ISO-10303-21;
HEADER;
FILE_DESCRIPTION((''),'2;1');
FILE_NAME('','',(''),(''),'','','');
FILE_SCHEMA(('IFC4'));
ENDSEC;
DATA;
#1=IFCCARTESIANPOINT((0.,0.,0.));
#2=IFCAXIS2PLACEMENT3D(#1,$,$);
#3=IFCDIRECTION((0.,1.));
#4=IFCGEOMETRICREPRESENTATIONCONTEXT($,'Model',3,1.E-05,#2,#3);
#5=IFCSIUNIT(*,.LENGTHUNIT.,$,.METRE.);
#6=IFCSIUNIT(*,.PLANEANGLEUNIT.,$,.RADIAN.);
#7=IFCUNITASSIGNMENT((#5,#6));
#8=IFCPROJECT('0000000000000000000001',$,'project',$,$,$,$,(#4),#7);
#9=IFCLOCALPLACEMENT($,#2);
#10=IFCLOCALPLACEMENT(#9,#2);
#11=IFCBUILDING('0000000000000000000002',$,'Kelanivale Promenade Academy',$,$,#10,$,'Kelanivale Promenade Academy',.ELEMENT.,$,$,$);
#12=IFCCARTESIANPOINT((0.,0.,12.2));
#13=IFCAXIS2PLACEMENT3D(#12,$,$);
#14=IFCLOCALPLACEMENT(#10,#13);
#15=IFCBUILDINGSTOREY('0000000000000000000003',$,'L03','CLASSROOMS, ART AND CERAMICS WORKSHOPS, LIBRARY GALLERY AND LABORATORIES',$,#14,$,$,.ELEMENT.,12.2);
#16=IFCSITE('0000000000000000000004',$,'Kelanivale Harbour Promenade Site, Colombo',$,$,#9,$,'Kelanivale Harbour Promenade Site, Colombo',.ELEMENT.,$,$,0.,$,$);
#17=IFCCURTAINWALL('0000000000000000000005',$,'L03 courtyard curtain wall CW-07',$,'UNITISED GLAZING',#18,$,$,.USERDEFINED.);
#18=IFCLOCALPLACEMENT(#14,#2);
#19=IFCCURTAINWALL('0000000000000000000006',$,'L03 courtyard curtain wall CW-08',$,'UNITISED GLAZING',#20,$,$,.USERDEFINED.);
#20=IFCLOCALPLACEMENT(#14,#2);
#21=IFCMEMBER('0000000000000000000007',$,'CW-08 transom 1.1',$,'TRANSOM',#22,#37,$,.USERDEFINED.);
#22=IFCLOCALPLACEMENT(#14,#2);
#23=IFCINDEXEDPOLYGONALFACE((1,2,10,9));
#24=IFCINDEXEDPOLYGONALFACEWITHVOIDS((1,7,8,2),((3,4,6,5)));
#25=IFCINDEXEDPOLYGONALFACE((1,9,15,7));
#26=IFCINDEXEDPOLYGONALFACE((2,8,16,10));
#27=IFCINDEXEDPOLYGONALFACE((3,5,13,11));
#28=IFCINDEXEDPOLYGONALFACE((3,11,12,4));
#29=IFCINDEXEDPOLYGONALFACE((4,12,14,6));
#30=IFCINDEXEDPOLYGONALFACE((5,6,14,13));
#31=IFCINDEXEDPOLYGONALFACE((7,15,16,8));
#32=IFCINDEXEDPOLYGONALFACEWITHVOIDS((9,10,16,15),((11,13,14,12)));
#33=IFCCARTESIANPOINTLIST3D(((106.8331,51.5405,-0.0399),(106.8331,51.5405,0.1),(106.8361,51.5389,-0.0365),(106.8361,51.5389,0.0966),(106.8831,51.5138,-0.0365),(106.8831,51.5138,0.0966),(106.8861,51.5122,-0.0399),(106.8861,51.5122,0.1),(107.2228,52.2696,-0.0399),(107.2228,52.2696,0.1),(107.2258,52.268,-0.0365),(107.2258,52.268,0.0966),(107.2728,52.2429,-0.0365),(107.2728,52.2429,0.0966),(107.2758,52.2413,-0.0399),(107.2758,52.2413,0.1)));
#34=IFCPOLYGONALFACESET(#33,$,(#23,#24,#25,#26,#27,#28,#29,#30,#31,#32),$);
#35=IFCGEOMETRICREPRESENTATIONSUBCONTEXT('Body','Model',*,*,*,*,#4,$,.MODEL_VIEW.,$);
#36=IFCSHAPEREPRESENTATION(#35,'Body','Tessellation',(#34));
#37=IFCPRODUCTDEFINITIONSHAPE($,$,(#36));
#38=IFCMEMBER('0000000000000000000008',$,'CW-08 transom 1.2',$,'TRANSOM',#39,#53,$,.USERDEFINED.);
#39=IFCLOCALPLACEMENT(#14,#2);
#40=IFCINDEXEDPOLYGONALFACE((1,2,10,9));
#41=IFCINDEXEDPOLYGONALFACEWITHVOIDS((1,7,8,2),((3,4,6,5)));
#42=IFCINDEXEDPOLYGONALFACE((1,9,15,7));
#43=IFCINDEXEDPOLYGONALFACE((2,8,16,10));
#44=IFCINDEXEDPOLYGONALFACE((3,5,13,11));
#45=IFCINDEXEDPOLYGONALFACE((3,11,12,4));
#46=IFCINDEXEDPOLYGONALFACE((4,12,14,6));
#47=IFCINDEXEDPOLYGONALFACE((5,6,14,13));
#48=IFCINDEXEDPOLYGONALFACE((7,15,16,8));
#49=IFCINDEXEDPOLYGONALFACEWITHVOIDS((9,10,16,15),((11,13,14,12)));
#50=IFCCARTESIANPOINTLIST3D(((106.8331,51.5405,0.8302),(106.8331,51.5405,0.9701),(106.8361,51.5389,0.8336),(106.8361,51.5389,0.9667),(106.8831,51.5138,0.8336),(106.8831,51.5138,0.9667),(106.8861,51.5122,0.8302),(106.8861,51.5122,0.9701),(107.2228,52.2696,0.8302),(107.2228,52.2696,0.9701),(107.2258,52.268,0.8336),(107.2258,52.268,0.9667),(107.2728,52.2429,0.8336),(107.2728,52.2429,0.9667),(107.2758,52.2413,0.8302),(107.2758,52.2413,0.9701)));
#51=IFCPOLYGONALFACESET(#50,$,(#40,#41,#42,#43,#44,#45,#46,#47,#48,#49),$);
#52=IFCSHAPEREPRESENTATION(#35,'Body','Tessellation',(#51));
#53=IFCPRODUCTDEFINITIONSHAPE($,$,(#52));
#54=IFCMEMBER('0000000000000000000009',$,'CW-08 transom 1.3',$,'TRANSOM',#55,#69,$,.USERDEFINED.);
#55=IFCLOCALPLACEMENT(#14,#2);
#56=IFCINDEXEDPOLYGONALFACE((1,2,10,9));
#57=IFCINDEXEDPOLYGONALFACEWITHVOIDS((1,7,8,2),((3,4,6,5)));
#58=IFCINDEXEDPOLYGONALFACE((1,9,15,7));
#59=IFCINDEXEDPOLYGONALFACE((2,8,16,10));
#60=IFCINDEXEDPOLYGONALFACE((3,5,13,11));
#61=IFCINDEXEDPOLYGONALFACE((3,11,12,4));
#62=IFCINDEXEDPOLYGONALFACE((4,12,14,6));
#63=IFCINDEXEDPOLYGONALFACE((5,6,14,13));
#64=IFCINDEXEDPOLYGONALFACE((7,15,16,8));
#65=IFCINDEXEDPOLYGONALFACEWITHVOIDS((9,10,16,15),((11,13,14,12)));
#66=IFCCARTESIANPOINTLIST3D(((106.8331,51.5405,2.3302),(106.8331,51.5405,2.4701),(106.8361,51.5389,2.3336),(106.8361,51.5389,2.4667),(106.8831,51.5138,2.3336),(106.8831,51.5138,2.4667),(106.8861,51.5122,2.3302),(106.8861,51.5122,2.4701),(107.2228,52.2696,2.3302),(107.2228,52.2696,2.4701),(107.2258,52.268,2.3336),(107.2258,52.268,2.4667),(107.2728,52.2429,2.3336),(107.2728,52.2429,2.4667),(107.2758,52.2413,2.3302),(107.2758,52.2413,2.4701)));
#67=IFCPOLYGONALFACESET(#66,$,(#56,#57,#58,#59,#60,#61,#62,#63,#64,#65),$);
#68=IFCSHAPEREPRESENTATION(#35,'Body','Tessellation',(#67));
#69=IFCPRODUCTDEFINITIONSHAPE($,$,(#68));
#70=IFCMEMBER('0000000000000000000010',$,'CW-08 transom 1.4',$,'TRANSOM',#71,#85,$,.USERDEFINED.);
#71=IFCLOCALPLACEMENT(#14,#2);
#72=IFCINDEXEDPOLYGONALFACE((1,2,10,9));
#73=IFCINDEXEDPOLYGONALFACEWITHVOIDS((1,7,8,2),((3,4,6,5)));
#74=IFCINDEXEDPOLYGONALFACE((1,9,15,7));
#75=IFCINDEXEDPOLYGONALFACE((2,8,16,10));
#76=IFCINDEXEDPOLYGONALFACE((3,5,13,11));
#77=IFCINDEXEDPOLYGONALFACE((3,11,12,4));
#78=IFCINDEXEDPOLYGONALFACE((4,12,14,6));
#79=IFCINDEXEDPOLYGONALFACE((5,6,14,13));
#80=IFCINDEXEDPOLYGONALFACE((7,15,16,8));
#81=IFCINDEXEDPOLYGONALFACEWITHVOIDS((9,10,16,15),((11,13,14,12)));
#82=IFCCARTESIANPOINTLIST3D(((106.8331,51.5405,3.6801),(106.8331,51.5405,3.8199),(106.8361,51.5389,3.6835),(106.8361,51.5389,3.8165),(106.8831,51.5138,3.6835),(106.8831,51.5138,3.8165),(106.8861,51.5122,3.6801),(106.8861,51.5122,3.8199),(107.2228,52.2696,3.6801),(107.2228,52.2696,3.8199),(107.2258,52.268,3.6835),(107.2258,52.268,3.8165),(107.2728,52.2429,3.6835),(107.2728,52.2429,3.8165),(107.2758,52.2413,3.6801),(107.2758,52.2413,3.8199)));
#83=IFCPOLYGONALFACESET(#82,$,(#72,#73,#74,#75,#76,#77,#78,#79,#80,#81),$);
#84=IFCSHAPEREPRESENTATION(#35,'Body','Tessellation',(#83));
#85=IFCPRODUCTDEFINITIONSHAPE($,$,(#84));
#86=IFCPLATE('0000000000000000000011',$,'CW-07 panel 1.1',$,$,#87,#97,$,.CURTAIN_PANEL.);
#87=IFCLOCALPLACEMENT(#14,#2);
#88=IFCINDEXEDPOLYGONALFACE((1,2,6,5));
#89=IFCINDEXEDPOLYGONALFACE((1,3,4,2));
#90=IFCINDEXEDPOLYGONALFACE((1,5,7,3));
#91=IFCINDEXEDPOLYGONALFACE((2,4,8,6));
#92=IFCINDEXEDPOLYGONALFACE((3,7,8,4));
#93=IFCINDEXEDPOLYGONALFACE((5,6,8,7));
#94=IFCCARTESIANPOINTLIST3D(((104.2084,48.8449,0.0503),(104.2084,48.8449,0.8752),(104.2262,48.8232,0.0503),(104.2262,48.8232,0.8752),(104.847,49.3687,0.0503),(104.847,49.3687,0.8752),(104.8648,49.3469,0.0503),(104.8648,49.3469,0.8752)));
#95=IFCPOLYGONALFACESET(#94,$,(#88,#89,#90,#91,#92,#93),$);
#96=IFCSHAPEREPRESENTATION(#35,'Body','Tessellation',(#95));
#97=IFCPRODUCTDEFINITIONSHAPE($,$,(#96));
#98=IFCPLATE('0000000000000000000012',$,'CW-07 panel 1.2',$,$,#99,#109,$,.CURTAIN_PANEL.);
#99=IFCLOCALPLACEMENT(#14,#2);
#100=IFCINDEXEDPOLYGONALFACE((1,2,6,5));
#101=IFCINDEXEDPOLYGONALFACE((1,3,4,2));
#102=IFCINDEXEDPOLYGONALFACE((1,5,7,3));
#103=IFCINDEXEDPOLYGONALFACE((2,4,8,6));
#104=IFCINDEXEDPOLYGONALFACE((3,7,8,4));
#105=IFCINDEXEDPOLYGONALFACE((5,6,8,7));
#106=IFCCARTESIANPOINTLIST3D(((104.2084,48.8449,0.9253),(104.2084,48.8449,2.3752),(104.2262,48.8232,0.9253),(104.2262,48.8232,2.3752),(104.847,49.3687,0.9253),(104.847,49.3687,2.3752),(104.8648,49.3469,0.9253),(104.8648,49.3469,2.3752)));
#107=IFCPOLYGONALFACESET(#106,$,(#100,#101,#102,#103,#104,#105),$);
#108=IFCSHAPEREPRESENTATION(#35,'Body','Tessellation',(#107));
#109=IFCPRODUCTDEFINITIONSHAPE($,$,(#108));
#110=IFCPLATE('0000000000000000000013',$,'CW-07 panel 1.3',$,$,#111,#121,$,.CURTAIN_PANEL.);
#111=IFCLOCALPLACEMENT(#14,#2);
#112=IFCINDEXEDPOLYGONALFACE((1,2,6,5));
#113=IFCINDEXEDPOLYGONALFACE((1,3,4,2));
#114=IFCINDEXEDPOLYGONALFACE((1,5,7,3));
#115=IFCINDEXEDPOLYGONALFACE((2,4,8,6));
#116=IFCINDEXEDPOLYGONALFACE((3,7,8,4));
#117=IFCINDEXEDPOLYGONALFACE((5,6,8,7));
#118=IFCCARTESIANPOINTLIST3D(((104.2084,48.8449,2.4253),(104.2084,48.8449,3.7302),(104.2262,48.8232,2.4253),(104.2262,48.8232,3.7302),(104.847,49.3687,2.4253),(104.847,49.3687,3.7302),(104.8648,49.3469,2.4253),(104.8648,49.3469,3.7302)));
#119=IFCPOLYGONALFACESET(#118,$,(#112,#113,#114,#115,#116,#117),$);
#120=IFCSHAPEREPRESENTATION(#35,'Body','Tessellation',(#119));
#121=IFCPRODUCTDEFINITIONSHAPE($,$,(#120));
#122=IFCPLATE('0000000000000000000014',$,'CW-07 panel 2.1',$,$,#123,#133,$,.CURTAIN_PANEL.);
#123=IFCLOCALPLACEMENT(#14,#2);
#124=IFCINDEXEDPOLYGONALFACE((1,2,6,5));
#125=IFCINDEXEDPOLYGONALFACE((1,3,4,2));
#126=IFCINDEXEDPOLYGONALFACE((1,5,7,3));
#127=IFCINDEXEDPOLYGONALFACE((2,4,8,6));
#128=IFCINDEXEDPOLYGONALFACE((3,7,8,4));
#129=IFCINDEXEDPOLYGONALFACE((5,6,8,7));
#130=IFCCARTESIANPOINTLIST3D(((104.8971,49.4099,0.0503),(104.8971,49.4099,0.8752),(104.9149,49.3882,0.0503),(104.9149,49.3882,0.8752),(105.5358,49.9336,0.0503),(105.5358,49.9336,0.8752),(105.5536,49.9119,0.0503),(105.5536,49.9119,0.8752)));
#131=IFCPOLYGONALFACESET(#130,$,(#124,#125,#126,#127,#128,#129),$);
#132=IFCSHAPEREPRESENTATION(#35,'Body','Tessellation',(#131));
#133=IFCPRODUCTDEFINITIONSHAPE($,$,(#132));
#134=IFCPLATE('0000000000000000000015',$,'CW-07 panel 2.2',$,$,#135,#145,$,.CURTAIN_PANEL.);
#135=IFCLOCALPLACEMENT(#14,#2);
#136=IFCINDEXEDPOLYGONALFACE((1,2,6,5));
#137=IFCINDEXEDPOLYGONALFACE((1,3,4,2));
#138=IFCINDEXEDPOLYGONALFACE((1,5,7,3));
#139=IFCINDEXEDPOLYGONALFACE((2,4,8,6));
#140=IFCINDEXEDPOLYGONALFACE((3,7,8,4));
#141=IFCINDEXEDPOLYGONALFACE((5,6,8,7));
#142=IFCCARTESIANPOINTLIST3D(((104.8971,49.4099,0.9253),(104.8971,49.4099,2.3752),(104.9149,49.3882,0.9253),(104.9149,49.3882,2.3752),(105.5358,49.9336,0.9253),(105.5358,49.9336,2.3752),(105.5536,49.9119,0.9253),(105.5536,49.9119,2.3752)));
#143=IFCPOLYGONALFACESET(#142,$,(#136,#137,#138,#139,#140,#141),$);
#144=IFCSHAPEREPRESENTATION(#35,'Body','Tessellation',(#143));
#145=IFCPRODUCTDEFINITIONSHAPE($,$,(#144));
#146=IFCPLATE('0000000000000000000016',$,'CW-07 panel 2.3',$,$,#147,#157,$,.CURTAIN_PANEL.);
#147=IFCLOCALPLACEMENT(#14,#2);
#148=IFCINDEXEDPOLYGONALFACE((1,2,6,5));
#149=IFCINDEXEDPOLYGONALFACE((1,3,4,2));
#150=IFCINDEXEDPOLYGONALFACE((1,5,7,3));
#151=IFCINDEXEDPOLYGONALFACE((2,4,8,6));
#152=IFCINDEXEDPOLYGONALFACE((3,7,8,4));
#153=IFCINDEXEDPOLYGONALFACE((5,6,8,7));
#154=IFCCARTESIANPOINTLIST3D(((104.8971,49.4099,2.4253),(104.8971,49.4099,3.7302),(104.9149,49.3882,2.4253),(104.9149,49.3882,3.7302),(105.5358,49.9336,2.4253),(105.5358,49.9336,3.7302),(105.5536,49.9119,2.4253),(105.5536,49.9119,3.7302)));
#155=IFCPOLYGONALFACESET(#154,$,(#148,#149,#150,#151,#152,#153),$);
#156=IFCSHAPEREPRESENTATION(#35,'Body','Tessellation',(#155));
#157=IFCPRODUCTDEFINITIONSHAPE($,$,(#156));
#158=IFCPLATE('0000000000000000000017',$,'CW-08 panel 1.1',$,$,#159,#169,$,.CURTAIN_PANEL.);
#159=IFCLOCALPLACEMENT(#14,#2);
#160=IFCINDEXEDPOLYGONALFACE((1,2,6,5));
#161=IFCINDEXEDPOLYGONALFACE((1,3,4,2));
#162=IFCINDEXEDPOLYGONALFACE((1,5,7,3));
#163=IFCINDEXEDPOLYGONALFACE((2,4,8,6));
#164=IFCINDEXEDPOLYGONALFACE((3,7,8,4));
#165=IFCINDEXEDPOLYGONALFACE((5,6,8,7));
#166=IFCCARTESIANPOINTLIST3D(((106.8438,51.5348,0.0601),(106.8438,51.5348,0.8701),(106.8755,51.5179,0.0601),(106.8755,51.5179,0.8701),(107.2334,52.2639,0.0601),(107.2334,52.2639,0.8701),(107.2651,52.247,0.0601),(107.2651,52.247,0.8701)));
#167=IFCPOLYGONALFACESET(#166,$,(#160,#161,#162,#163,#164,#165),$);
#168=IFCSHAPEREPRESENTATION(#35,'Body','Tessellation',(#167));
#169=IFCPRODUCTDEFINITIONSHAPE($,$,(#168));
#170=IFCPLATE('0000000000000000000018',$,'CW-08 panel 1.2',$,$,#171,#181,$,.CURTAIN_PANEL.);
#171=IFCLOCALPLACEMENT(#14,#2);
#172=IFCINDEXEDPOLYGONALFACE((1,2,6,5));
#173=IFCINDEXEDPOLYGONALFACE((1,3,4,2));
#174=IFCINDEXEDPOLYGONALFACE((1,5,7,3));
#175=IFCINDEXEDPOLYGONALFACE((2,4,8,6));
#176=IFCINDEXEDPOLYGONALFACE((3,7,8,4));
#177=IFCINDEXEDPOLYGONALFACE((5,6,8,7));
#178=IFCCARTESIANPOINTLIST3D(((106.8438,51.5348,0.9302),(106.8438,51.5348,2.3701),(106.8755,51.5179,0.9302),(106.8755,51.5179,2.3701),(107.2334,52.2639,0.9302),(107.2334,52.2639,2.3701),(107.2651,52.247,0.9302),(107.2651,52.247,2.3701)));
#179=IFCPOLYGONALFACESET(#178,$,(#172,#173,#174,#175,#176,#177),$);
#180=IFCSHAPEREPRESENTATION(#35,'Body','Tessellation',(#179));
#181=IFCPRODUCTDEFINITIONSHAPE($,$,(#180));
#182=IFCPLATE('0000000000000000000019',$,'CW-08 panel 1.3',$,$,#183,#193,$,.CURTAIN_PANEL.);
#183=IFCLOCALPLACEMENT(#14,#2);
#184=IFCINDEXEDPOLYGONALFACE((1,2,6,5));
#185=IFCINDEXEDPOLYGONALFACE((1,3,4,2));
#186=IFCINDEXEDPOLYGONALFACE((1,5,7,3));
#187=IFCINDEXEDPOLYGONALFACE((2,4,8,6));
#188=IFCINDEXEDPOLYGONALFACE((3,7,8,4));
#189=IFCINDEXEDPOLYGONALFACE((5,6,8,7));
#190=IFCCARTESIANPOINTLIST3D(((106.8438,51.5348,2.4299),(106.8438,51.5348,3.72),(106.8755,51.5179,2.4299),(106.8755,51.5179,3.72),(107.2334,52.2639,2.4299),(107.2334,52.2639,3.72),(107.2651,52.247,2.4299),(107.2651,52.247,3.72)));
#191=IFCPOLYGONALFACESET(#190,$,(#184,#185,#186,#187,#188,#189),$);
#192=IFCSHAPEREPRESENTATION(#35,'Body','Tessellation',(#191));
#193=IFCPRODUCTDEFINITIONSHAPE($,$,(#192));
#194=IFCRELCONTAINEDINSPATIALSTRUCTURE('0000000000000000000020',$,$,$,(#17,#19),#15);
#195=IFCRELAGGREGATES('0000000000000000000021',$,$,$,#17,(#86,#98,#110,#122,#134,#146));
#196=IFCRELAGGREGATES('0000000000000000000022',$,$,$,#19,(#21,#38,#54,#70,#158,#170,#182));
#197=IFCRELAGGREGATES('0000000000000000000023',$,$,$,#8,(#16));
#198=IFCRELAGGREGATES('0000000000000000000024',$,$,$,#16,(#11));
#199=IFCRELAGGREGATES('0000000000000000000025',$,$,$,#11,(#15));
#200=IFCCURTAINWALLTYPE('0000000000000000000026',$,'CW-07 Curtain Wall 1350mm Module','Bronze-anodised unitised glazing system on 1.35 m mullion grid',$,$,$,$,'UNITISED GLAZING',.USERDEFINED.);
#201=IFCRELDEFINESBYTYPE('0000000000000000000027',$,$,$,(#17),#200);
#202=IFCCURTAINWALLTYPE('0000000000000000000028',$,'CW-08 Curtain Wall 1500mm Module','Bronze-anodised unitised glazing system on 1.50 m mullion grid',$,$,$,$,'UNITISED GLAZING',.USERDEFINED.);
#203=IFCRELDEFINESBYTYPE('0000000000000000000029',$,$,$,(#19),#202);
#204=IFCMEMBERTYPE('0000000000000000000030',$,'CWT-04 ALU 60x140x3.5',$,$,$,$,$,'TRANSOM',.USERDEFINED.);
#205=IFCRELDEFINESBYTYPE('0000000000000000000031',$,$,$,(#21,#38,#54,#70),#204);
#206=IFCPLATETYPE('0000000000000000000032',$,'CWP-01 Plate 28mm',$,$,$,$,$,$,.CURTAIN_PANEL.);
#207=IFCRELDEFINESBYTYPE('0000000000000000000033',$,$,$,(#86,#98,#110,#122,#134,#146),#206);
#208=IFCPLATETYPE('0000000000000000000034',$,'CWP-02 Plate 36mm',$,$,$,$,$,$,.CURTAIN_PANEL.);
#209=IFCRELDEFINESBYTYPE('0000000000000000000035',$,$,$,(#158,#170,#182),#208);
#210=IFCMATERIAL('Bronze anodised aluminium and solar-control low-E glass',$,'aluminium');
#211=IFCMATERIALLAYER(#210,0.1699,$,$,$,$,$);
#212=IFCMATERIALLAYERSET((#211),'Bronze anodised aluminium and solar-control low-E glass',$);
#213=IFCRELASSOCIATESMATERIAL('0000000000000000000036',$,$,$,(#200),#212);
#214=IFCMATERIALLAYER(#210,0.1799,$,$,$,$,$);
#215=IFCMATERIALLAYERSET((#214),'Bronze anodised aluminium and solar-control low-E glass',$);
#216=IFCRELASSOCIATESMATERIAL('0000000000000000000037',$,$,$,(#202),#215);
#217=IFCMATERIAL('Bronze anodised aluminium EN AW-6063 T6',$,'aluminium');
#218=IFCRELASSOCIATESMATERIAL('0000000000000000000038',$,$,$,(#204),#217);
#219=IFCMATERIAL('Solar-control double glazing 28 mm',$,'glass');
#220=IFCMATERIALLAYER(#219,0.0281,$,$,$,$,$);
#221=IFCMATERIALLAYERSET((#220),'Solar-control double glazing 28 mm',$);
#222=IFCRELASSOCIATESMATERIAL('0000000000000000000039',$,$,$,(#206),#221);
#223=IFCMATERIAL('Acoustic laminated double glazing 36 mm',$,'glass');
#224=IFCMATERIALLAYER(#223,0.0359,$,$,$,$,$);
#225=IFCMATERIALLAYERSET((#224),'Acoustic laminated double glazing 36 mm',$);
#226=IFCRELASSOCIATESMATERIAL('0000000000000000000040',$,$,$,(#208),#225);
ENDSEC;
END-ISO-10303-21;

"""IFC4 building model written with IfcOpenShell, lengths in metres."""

from ifc_helpers import new_model, si_unit, direction, frame, origin, origin_2d, place, context, subcontext, project, spatial, rectangle, hollow_rectangle, extrude, material, layer, layer_set, material_profile, profile_set, type_object, element, aggregate, save


model = new_model("IFC4")

# Units and contexts
model_context = context("Model", 3, precision=1e-05, world=origin(), true_north=direction((0.0, 1.0)))
body_context = subcontext(model_context, "Body", "Model", "MODEL_VIEW")
ifc_project = project(units=[si_unit("LENGTHUNIT", "METRE"), si_unit("PLANEANGLEUNIT", "RADIAN")], contexts=[model_context])

# Site, building, storey
site_placement = place(None, origin())
site = spatial("IfcSite", under=ifc_project, at=site_placement, Name="Kelanivale Harbour Promenade Site, Colombo", LongName="Kelanivale Harbour Promenade Site, Colombo", CompositionType="ELEMENT", RefElevation=0.0)
building_placement = place(site_placement, origin())
building = spatial("IfcBuilding", under=site, at=building_placement, Name="Kelanivale Promenade Academy", LongName="Kelanivale Promenade Academy", CompositionType="ELEMENT")
storey_placement = place(building_placement, frame((0.0, 0.0, 12.2)))
storey = spatial("IfcBuildingStorey", under=building, at=storey_placement, Name="L03", Description="CLASSROOMS, ART AND CERAMICS WORKSHOPS, LIBRARY GALLERY AND LABORATORIES", CompositionType="ELEMENT", Elevation=12.2)

# Curtain walls
ifc_material_1 = material(Name="Bronze anodised aluminium and solar-control low-E glass", Category="aluminium")
ifc_layer_1 = layer(ifc_material_1, 0.1699)
ifc_layer_set_1 = layer_set([ifc_layer_1], Name="Bronze anodised aluminium and solar-control low-E glass")
curtain_wall_type_1 = type_object("IfcCurtainWallType", Name="CW-07 Curtain Wall 1350mm Module", Description="Bronze-anodised unitised glazing system on 1.35 m mullion grid", ElementType="UNITISED GLAZING", PredefinedType="USERDEFINED", material=ifc_layer_set_1)
curtain_wall_1_placement = place(storey_placement, origin())
curtain_wall_1 = element("IfcCurtainWall", 1, at=curtain_wall_1_placement, inside=storey, type_object=curtain_wall_type_1, Name="L03 courtyard curtain wall CW-07", ObjectType="UNITISED GLAZING", PredefinedType="USERDEFINED")
ifc_material_2 = material(Name="Bronze anodised aluminium EN AW-6063 T6", Category="aluminium")
ifc_layer_2 = layer(ifc_material_1, 0.1799)
ifc_layer_set_2 = layer_set([ifc_layer_2], Name="Bronze anodised aluminium and solar-control low-E glass")
curtain_wall_type_2 = type_object("IfcCurtainWallType", Name="CW-08 Curtain Wall 1500mm Module", Description="Bronze-anodised unitised glazing system on 1.50 m mullion grid", ElementType="UNITISED GLAZING", PredefinedType="USERDEFINED", material=ifc_layer_set_2)
curtain_wall_2_placement = place(storey_placement, origin())
curtain_wall_2 = element("IfcCurtainWall", 2, at=curtain_wall_2_placement, inside=storey, type_object=curtain_wall_type_2, Name="L03 courtyard curtain wall CW-08", ObjectType="UNITISED GLAZING", PredefinedType="USERDEFINED")

# Members
ifc_material_profile_1 = material_profile(ifc_material_2, hollow_rectangle(XDim=0.0601, YDim=0.1399, WallThickness=0.0034, at=origin_2d()), Name="ALU 60x140x3.5")
ifc_profile_set_1 = profile_set([ifc_material_profile_1], Name="Bronze anodised aluminium EN AW-6063 T6")
member_type_1 = type_object("IfcMemberType", Name="CWT-04 ALU 60x140x3.5", ElementType="TRANSOM", PredefinedType="USERDEFINED", material=ifc_profile_set_1)
member_1_placement = place(storey_placement, frame((106.8596, 51.5264, 0.03), z_axis=(0.471385, 0.881927, 0.0), x_axis=(-0.881927, 0.471385, 0.0)))
member_1 = element("IfcMember", 3, at=member_1_placement, type_object=member_type_1, Name="CW-08 transom 1.1", ObjectType="TRANSOM", PredefinedType="USERDEFINED", context=body_context, shape_type="SweptSolid", body=[
    extrude(hollow_rectangle(XDim=0.0601, YDim=0.1399, WallThickness=0.0034, at=origin_2d()), origin(), (0.0, 0.0, 1.0), 0.8267),
])
member_2_placement = place(storey_placement, frame((106.8596, 51.5264, 0.9001), z_axis=(0.471385, 0.881927, 0.0), x_axis=(-0.881927, 0.471385, 0.0)))
member_2 = element("IfcMember", 4, at=member_2_placement, type_object=member_type_1, Name="CW-08 transom 1.2", ObjectType="TRANSOM", PredefinedType="USERDEFINED", context=body_context, shape_type="SweptSolid", body=[
    extrude(hollow_rectangle(XDim=0.0601, YDim=0.1399, WallThickness=0.0034, at=origin_2d()), origin(), (0.0, 0.0, 1.0), 0.8267),
])
member_3_placement = place(storey_placement, frame((106.8596, 51.5264, 2.4001), z_axis=(0.471385, 0.881927, 0.0), x_axis=(-0.881927, 0.471385, 0.0)))
member_3 = element("IfcMember", 5, at=member_3_placement, type_object=member_type_1, Name="CW-08 transom 1.3", ObjectType="TRANSOM", PredefinedType="USERDEFINED", context=body_context, shape_type="SweptSolid", body=[
    extrude(hollow_rectangle(XDim=0.0601, YDim=0.1399, WallThickness=0.0034, at=origin_2d()), origin(), (0.0, 0.0, 1.0), 0.8267),
])
member_4_placement = place(storey_placement, frame((106.8596, 51.5264, 3.75), z_axis=(0.471385, 0.881927, 0.0), x_axis=(-0.881927, 0.471385, 0.0)))
member_4 = element("IfcMember", 6, at=member_4_placement, type_object=member_type_1, Name="CW-08 transom 1.4", ObjectType="TRANSOM", PredefinedType="USERDEFINED", context=body_context, shape_type="SweptSolid", body=[
    extrude(hollow_rectangle(XDim=0.0601, YDim=0.1399, WallThickness=0.0034, at=origin_2d()), origin(), (0.0, 0.0, 1.0), 0.8267),
])

# Plates
ifc_material_3 = material(Name="Solar-control double glazing 28 mm", Category="glass")
ifc_layer_3 = layer(ifc_material_3, 0.0281)
ifc_layer_set_3 = layer_set([ifc_layer_3], Name="Solar-control double glazing 28 mm")
plate_type_1 = type_object("IfcPlateType", Name="CWP-01 Plate 28mm", PredefinedType="CURTAIN_PANEL", material=ifc_layer_set_3)
plate_1_placement = place(storey_placement, frame((104.5366, 49.0959, 0.0503), z_axis=(0.0, 0.0, 1.0), x_axis=(0.773257, 0.634093, 0.0)))
plate_1 = element("IfcPlate", 7, at=plate_1_placement, type_object=plate_type_1, Name="CW-07 panel 1.1", PredefinedType="CURTAIN_PANEL", context=body_context, shape_type="SweptSolid", body=[
    extrude(rectangle(XDim=0.8259, YDim=0.0281, at=origin_2d()), origin(), (0.0, 0.0, 1.0), 0.825),
])
plate_2_placement = place(storey_placement, frame((104.5366, 49.0959, 0.9253), z_axis=(0.0, 0.0, 1.0), x_axis=(0.773257, 0.634093, 0.0)))
plate_2 = element("IfcPlate", 8, at=plate_2_placement, type_object=plate_type_1, Name="CW-07 panel 1.2", PredefinedType="CURTAIN_PANEL", context=body_context, shape_type="SweptSolid", body=[
    extrude(rectangle(XDim=0.8259, YDim=0.0281, at=origin_2d()), origin(), (0.0, 0.0, 1.0), 1.45),
])
plate_3_placement = place(storey_placement, frame((104.5366, 49.0959, 2.4253), z_axis=(0.0, 0.0, 1.0), x_axis=(0.773257, 0.634093, 0.0)))
plate_3 = element("IfcPlate", 9, at=plate_3_placement, type_object=plate_type_1, Name="CW-07 panel 1.3", PredefinedType="CURTAIN_PANEL", context=body_context, shape_type="SweptSolid", body=[
    extrude(rectangle(XDim=0.8259, YDim=0.0281, at=origin_2d()), origin(), (0.0, 0.0, 1.0), 1.3049),
])
plate_4_placement = place(storey_placement, frame((105.2253, 49.6609, 0.0503), z_axis=(0.0, 0.0, 1.0), x_axis=(0.773257, 0.634093, 0.0)))
plate_4 = element("IfcPlate", 10, at=plate_4_placement, type_object=plate_type_1, Name="CW-07 panel 2.1", PredefinedType="CURTAIN_PANEL", context=body_context, shape_type="SweptSolid", body=[
    extrude(rectangle(XDim=0.8259, YDim=0.0281, at=origin_2d()), origin(), (0.0, 0.0, 1.0), 0.825),
])
plate_5_placement = place(storey_placement, frame((105.2253, 49.6609, 0.9253), z_axis=(0.0, 0.0, 1.0), x_axis=(0.773257, 0.634093, 0.0)))
plate_5 = element("IfcPlate", 11, at=plate_5_placement, type_object=plate_type_1, Name="CW-07 panel 2.2", PredefinedType="CURTAIN_PANEL", context=body_context, shape_type="SweptSolid", body=[
    extrude(rectangle(XDim=0.8259, YDim=0.0281, at=origin_2d()), origin(), (0.0, 0.0, 1.0), 1.45),
])
plate_6_placement = place(storey_placement, frame((105.2253, 49.6609, 2.4253), z_axis=(0.0, 0.0, 1.0), x_axis=(0.773257, 0.634093, 0.0)))
plate_6 = element("IfcPlate", 12, at=plate_6_placement, type_object=plate_type_1, Name="CW-07 panel 2.3", PredefinedType="CURTAIN_PANEL", context=body_context, shape_type="SweptSolid", body=[
    extrude(rectangle(XDim=0.8259, YDim=0.0281, at=origin_2d()), origin(), (0.0, 0.0, 1.0), 1.3049),
])
aggregate(curtain_wall_1, [plate_1, plate_2, plate_3, plate_4, plate_5, plate_6])
ifc_material_4 = material(Name="Acoustic laminated double glazing 36 mm", Category="glass")
ifc_layer_4 = layer(ifc_material_4, 0.0359)
ifc_layer_set_4 = layer_set([ifc_layer_4], Name="Acoustic laminated double glazing 36 mm")
plate_type_2 = type_object("IfcPlateType", Name="CWP-02 Plate 36mm", PredefinedType="CURTAIN_PANEL", material=ifc_layer_set_4)
plate_7_placement = place(storey_placement, frame((107.0544, 51.8909, 0.0601), z_axis=(0.0, 0.0, 1.0), x_axis=(0.47129, 0.881978, 0.0)))
plate_7 = element("IfcPlate", 13, at=plate_7_placement, type_object=plate_type_2, Name="CW-08 panel 1.1", PredefinedType="CURTAIN_PANEL", context=body_context, shape_type="SweptSolid", body=[
    extrude(rectangle(XDim=0.8267, YDim=0.0359, at=origin_2d()), origin(), (0.0, 0.0, 1.0), 0.8101),
])
plate_8_placement = place(storey_placement, frame((107.0544, 51.8909, 0.9302), z_axis=(0.0, 0.0, 1.0), x_axis=(0.47129, 0.881978, 0.0)))
plate_8 = element("IfcPlate", 14, at=plate_8_placement, type_object=plate_type_2, Name="CW-08 panel 1.2", PredefinedType="CURTAIN_PANEL", context=body_context, shape_type="SweptSolid", body=[
    extrude(rectangle(XDim=0.8267, YDim=0.0359, at=origin_2d()), origin(), (0.0, 0.0, 1.0), 1.4399),
])
plate_9_placement = place(storey_placement, frame((107.0544, 51.8909, 2.4299), z_axis=(0.0, 0.0, 1.0), x_axis=(0.47129, 0.881978, 0.0)))
plate_9 = element("IfcPlate", 15, at=plate_9_placement, type_object=plate_type_2, Name="CW-08 panel 1.3", PredefinedType="CURTAIN_PANEL", context=body_context, shape_type="SweptSolid", body=[
    extrude(rectangle(XDim=0.8267, YDim=0.0359, at=origin_2d()), origin(), (0.0, 0.0, 1.0), 1.29),
])
aggregate(curtain_wall_2, [member_1, member_2, member_3, member_4, plate_7, plate_8, plate_9])

save(model, "model.ifc")
